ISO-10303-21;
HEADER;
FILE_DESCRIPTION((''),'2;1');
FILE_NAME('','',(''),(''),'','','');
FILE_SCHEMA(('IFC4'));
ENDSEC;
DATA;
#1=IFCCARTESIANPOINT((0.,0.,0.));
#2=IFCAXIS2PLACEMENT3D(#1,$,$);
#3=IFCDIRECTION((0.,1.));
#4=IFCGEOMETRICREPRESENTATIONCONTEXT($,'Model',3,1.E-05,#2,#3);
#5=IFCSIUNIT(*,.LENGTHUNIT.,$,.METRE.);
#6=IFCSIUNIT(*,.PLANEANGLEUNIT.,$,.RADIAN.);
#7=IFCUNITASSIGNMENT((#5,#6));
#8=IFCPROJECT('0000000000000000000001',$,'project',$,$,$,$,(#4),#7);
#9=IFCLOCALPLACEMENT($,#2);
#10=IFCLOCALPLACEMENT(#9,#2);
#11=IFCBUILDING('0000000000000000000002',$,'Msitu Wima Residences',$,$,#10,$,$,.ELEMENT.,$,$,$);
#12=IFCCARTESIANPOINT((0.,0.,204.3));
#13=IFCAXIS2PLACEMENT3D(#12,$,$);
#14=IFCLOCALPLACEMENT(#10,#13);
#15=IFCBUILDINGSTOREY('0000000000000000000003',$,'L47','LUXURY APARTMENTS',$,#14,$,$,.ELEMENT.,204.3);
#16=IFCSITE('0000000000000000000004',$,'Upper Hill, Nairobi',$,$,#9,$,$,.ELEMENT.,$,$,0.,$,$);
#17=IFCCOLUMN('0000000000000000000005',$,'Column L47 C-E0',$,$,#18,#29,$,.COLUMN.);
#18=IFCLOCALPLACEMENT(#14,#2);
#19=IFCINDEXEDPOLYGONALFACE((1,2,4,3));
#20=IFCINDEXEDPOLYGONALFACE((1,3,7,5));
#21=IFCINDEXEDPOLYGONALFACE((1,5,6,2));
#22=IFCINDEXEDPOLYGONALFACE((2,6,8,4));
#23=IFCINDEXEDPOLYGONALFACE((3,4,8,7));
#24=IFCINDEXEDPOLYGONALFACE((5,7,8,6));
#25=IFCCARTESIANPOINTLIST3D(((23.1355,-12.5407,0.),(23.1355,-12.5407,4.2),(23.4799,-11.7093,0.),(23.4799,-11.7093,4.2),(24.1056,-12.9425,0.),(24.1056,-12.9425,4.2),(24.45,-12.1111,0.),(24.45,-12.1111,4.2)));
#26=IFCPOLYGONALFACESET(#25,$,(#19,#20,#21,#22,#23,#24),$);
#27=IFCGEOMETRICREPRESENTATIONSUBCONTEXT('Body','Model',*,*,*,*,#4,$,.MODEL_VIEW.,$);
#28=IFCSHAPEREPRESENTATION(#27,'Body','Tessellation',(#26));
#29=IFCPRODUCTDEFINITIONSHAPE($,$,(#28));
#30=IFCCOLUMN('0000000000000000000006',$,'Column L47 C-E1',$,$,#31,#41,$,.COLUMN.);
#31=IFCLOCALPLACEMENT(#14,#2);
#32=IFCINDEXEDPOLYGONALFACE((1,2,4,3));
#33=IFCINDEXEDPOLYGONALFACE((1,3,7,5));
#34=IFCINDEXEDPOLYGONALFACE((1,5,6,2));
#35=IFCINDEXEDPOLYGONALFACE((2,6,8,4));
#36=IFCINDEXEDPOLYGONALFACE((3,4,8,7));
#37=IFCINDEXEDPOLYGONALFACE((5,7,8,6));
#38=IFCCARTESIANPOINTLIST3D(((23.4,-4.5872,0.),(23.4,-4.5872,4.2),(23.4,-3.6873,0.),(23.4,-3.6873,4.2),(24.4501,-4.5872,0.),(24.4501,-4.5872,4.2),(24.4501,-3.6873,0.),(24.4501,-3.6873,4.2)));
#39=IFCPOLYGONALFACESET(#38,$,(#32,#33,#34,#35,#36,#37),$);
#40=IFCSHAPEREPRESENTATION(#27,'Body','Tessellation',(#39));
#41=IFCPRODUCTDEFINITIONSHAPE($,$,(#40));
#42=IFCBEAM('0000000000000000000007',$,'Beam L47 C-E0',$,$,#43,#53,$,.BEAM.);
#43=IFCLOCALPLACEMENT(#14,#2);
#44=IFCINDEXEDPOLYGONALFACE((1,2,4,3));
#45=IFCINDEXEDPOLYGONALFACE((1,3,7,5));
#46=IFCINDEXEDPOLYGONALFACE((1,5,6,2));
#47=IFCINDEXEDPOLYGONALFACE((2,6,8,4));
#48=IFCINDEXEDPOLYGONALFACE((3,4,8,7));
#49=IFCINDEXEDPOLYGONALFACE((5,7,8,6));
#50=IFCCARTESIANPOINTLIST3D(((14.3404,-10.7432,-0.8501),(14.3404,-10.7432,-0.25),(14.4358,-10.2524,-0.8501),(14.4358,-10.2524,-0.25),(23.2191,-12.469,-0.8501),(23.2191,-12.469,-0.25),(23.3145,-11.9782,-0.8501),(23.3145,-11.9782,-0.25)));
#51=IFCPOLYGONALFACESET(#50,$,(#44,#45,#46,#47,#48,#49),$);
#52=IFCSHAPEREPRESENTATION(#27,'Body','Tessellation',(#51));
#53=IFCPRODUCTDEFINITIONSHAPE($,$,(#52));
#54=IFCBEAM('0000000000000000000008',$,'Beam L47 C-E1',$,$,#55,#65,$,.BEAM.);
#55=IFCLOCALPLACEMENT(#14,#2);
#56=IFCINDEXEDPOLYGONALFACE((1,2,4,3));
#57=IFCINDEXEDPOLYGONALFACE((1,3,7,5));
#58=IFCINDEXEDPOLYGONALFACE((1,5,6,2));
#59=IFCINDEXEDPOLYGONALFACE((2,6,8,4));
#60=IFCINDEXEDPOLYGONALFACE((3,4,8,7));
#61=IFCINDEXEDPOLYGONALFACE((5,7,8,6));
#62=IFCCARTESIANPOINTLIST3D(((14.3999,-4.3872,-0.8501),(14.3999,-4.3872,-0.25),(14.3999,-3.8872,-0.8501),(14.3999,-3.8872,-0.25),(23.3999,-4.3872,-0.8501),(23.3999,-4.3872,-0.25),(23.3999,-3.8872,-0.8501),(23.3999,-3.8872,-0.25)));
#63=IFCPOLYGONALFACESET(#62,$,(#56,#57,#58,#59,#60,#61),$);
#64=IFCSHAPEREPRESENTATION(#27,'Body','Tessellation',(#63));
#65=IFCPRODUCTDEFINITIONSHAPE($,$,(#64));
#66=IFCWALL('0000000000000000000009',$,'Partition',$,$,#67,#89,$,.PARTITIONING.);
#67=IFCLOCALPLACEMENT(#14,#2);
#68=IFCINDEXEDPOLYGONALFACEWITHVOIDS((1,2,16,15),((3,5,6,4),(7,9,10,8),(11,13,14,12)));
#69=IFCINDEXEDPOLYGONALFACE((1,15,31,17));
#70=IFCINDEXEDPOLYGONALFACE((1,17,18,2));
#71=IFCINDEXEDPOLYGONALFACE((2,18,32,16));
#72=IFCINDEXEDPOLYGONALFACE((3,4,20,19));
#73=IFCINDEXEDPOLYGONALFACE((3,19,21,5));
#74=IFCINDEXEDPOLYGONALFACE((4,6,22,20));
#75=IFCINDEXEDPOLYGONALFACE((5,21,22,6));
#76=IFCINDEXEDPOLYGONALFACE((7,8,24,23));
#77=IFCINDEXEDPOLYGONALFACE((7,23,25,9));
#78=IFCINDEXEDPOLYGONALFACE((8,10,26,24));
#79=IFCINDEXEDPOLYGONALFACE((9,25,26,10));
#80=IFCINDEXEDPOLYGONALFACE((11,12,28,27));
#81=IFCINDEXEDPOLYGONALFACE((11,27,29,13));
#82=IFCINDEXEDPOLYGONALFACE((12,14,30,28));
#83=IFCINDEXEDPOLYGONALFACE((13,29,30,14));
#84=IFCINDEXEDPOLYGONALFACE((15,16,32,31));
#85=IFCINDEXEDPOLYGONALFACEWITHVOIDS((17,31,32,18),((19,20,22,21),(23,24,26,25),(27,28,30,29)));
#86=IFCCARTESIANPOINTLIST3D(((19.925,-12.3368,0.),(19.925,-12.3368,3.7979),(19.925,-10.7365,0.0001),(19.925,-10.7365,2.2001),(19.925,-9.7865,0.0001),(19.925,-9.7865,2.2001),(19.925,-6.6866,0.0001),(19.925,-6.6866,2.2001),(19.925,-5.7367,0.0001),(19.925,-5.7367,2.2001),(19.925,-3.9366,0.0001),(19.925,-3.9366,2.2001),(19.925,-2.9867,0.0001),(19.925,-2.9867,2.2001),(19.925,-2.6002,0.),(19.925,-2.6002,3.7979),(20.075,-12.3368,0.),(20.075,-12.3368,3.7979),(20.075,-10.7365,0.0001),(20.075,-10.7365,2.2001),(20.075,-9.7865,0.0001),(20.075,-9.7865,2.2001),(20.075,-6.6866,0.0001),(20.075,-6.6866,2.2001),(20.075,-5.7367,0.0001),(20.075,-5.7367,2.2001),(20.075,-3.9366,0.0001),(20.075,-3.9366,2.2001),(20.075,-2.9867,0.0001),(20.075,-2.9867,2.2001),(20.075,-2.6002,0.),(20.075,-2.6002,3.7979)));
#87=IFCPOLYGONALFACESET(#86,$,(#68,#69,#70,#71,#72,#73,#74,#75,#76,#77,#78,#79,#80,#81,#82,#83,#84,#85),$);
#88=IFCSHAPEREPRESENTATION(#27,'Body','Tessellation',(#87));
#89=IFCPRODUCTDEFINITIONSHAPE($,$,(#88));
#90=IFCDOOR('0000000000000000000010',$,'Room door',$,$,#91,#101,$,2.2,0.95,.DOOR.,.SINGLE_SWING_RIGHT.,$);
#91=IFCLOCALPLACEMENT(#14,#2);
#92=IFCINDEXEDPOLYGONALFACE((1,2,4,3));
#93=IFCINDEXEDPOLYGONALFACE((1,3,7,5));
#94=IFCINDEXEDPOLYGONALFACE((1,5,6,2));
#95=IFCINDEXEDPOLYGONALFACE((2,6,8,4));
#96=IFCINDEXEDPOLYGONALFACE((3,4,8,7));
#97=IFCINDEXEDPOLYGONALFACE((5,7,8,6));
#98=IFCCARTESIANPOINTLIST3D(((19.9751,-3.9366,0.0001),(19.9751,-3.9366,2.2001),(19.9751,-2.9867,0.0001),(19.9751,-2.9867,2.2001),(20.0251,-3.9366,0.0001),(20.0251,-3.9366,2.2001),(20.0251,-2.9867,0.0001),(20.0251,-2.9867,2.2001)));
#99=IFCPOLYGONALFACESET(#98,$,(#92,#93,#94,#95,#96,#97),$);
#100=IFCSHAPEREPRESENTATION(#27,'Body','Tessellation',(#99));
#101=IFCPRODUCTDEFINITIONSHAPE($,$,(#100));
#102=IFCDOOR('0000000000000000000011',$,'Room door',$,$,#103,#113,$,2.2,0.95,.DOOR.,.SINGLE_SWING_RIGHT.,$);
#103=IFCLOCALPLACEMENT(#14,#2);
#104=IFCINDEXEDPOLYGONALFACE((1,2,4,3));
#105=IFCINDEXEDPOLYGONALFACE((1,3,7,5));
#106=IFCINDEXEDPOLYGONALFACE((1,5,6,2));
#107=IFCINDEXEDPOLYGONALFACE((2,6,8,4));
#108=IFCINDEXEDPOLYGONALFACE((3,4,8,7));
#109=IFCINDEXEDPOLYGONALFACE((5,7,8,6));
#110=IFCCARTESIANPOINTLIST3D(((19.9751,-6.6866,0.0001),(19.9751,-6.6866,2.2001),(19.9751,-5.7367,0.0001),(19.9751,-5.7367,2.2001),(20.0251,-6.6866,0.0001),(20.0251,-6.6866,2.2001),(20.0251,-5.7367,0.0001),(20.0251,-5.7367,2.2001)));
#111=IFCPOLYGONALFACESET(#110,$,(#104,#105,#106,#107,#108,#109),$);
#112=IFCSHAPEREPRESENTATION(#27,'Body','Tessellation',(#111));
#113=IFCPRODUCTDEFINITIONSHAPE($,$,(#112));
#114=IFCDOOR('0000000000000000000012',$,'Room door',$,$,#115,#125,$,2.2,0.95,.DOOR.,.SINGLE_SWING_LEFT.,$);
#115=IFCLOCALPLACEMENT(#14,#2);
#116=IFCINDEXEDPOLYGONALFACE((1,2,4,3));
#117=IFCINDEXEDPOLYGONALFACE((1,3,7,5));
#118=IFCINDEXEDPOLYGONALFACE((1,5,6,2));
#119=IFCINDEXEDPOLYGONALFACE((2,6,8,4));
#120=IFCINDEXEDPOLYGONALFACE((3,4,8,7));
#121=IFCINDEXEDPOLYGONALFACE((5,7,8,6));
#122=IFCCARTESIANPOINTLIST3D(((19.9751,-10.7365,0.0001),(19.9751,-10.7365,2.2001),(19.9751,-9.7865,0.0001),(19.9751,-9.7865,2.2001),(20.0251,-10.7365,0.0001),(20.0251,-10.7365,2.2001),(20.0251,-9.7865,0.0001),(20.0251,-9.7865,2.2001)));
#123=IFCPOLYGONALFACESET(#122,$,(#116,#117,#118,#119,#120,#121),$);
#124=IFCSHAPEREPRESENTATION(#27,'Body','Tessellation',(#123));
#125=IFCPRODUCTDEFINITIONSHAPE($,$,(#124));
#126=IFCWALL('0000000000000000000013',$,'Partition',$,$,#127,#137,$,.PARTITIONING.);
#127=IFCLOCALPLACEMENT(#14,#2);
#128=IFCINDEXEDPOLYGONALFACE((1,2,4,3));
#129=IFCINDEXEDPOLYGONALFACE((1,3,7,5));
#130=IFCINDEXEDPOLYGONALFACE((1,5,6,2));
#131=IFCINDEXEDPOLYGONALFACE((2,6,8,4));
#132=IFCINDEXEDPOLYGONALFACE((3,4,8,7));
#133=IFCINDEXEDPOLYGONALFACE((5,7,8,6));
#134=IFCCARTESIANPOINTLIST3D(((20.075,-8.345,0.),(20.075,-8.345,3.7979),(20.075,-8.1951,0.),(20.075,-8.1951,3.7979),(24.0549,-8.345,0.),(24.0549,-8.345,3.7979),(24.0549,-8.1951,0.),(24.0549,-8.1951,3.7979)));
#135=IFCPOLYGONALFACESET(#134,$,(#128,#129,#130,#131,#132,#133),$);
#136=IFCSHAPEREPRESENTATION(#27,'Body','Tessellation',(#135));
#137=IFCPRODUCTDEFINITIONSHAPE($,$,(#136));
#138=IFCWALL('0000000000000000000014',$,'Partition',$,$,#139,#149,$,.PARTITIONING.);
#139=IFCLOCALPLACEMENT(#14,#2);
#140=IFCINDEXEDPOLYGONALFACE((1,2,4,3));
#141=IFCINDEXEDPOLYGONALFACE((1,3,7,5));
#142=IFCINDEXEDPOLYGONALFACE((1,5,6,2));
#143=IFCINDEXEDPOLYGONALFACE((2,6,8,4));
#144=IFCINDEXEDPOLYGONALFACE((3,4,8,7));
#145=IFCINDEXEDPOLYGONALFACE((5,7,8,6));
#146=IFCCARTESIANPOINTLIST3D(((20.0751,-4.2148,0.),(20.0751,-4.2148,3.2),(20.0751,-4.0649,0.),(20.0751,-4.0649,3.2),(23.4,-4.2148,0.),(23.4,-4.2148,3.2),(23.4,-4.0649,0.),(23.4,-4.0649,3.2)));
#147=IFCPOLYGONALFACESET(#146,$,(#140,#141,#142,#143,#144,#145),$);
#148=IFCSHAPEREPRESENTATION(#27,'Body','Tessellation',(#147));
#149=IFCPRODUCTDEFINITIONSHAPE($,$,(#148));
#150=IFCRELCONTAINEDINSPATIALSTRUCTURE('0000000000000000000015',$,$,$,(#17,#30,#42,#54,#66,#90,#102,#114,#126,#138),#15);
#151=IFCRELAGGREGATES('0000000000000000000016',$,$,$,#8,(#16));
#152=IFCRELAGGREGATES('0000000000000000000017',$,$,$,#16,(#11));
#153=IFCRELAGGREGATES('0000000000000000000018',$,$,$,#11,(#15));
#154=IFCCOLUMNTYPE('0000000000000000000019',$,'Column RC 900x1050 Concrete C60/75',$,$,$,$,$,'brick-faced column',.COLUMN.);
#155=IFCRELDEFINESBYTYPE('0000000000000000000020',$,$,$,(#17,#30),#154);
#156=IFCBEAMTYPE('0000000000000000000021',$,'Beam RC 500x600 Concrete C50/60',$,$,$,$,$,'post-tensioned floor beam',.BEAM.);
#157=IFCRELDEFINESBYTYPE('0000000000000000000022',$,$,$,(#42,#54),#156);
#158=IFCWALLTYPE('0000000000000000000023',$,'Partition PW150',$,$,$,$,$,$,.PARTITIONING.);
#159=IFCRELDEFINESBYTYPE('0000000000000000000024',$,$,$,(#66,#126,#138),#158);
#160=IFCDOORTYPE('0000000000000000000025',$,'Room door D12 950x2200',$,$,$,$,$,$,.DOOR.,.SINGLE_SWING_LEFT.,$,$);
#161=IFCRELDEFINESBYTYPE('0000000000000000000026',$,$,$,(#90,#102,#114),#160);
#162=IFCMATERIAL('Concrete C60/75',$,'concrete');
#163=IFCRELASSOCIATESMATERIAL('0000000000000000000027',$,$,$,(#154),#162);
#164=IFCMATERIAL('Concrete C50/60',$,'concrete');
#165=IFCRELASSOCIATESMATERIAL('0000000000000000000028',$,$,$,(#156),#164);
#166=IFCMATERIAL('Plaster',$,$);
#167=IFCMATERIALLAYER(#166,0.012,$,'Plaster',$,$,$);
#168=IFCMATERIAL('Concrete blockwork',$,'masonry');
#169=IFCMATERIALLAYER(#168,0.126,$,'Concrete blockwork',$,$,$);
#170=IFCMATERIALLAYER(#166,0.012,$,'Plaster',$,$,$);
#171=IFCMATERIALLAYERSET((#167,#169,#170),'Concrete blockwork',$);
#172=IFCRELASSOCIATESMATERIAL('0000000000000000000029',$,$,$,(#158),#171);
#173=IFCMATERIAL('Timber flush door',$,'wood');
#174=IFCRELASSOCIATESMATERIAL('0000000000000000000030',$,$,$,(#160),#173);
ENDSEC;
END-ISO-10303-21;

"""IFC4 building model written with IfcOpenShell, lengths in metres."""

from ifc_helpers import new_model, si_unit, direction, frame, frame_2d, origin, origin_2d, place, context, subcontext, project, spatial, rectangle, extrude, material, layer, layer_set, material_profile, profile_set, type_object, element, fill, save


model = new_model("IFC4")

# Units and contexts
model_context = context("Model", 3, precision=1e-05, world=origin(), true_north=direction((0.0, 1.0)))
body_context = subcontext(model_context, "Body", "Model", "MODEL_VIEW")
ifc_project = project(units=[si_unit("LENGTHUNIT", "METRE"), si_unit("PLANEANGLEUNIT", "RADIAN")], contexts=[model_context])

# Site, building, storey
site_placement = place(None, origin())
site = spatial("IfcSite", under=ifc_project, at=site_placement, Name="Upper Hill, Nairobi", CompositionType="ELEMENT", RefElevation=0.0)
building_placement = place(site_placement, origin())
building = spatial("IfcBuilding", under=site, at=building_placement, Name="Msitu Wima Residences", CompositionType="ELEMENT")
storey_placement = place(building_placement, frame((0.0, 0.0, 204.3)))
storey = spatial("IfcBuildingStorey", under=building, at=storey_placement, Name="L47", Description="LUXURY APARTMENTS", CompositionType="ELEMENT", Elevation=204.3)

# Columns
ifc_material_1 = material(Name="Concrete C60/75", Category="concrete")
ifc_material_profile_1 = material_profile(ifc_material_1, rectangle(XDim=0.8999, YDim=1.05, at=origin_2d()), Name="RC 900x1050")
ifc_profile_set_1 = profile_set([ifc_material_profile_1], Name="Concrete C60/75")
column_type = type_object("IfcColumnType", Name="Column RC 900x1050 Concrete C60/75", ElementType="brick-faced column", PredefinedType="COLUMN", material=ifc_profile_set_1)
for number, where, z_axis, x_axis, name in (
    (1, (23.7927, -12.3259, 0.0), (0.0, 0.0, 1.0), (0.382683, 0.92388, 0.0), "Column L47 C-E0"),
    (2, (23.925, -4.1372, 0.0), (0.0, 0.0, 1.0), (0.0, 1.0, 0.0), "Column L47 C-E1"),
):
    element("IfcColumn", number, at=place(storey_placement, frame(where, z_axis=z_axis, x_axis=x_axis)), inside=storey, type_object=column_type, Name=name, PredefinedType="COLUMN", context=body_context, shape_type="SweptSolid", body=[
        extrude(rectangle(XDim=0.8999, YDim=1.05, at=origin_2d()), origin(), (0.0, 0.0, 1.0), 4.2),
    ])

# Beams
ifc_material_2 = material(Name="Concrete C50/60", Category="concrete")
ifc_material_profile_2 = material_profile(ifc_material_2, rectangle(XDim=0.5, YDim=0.6001, at=origin_2d()), Name="RC 500x600")
ifc_profile_set_2 = profile_set([ifc_material_profile_2], Name="Concrete C50/60")
beam_type = type_object("IfcBeamType", Name="Beam RC 500x600 Concrete C50/60", ElementType="post-tensioned floor beam", PredefinedType="BEAM", material=ifc_profile_set_2)
beam_1_placement = place(storey_placement, frame((23.2668, -12.2236, -0.55), z_axis=(-0.981627, 0.190808, 0.0), x_axis=(-0.190808, -0.981627, 0.0)))
element("IfcBeam", 3, at=beam_1_placement, inside=storey, type_object=beam_type, Name="Beam L47 C-E0", PredefinedType="BEAM", context=body_context, shape_type="SweptSolid", body=[
    extrude(rectangle(XDim=0.5, YDim=0.6001, at=origin_2d()), origin(), (0.0, 0.0, 1.0), 9.0449),
])
beam_2_placement = place(storey_placement, frame((23.3999, -4.1372, -0.55), z_axis=(-1.0, 0.0, 0.0), x_axis=(0.0, -1.0, 0.0)))
element("IfcBeam", 4, at=beam_2_placement, inside=storey, type_object=beam_type, Name="Beam L47 C-E1", PredefinedType="BEAM", context=body_context, shape_type="SweptSolid", body=[
    extrude(rectangle(XDim=0.5, YDim=0.6001, at=origin_2d()), origin(), (0.0, 0.0, 1.0), 9.0),
])

# Wall, openings, doors
ifc_material_3 = material(Name="Plaster")
ifc_layer_1 = layer(ifc_material_3, 0.012, Name="Plaster")
ifc_material_4 = material(Name="Concrete blockwork", Category="masonry")
ifc_layer_2 = layer(ifc_material_4, 0.126, Name="Concrete blockwork")
ifc_layer_3 = layer(ifc_material_3, 0.012, Name="Plaster")
ifc_layer_set_1 = layer_set([ifc_layer_1, ifc_layer_2, ifc_layer_3], Name="Concrete blockwork")
wall_type_1 = type_object("IfcWallType", Name="Partition PW150", PredefinedType="PARTITIONING", material=ifc_layer_set_1)
wall_1_placement = place(storey_placement, frame((20.0, -12.3367, 0.0), z_axis=(0.0, 0.0, 1.0), x_axis=(0.0, 1.0, 0.0)))
wall_1 = element("IfcWall", 5, at=wall_1_placement, inside=storey, type_object=wall_type_1, Name="Partition", PredefinedType="PARTITIONING", context=body_context, shape_type="SweptSolid", body=[
    extrude(rectangle(XDim=9.7366, YDim=0.1499, at=frame_2d((4.8682, 0.0))), origin(), (0.0, 0.0, 1.0), 3.7979),
])
opening_1_placement = place(wall_1_placement, frame((8.3999, 0.0, 0.0)))
opening_1 = element("IfcOpeningElement", 6, at=opening_1_placement, cuts=wall_1, PredefinedType="OPENING", context=body_context, shape_type="SweptSolid", body=[
    extrude(rectangle(XDim=0.95, YDim=2.2, at=frame_2d((0.4751, 1.1001))), frame((0.0, 0.085, 0.0), z_axis=(0.0, -1.0, 0.0), x_axis=(1.0, 0.0, 0.0)), (0.0, 0.0, 1.0), 0.1699),
])
opening_2_placement = place(wall_1_placement, frame((5.6499, 0.0, 0.0)))
opening_2 = element("IfcOpeningElement", 7, at=opening_2_placement, cuts=wall_1, PredefinedType="OPENING", context=body_context, shape_type="SweptSolid", body=[
    extrude(rectangle(XDim=0.95, YDim=2.2, at=frame_2d((0.4751, 1.1001))), frame((0.0, 0.085, 0.0), z_axis=(0.0, -1.0, 0.0), x_axis=(1.0, 0.0, 0.0)), (0.0, 0.0, 1.0), 0.1699),
])
opening_3_placement = place(wall_1_placement, frame((1.6001, 0.0, 0.0)))
opening_3 = element("IfcOpeningElement", 8, at=opening_3_placement, cuts=wall_1, PredefinedType="OPENING", context=body_context, shape_type="SweptSolid", body=[
    extrude(rectangle(XDim=0.95, YDim=2.2, at=frame_2d((0.4751, 1.1001))), frame((0.0, 0.085, 0.0), z_axis=(0.0, -1.0, 0.0), x_axis=(1.0, 0.0, 0.0)), (0.0, 0.0, 1.0), 0.1699),
])
ifc_material_5 = material(Name="Timber flush door", Category="wood")
door_type_1 = type_object("IfcDoorType", Name="Room door D12 950x2200", OperationType="SINGLE_SWING_LEFT", PredefinedType="DOOR", material=ifc_material_5)
door_1_placement = place(opening_1_placement, origin())
door_1 = element("IfcDoor", 9, at=door_1_placement, inside=storey, type_object=door_type_1, Name="Room door", OperationType="SINGLE_SWING_RIGHT", OverallHeight=2.2, OverallWidth=0.95, PredefinedType="DOOR", context=body_context, shape_type="SweptSolid", body=[
    extrude(rectangle(XDim=0.95, YDim=2.2, at=frame_2d((0.4751, 1.1001))), frame((0.0, 0.0249, 0.0), z_axis=(0.0, -1.0, 0.0), x_axis=(1.0, 0.0, 0.0)), (0.0, 0.0, 1.0), 0.05),
])
fill(opening_1, door_1)
door_2_placement = place(opening_2_placement, origin())
door_2 = element("IfcDoor", 10, at=door_2_placement, inside=storey, type_object=door_type_1, Name="Room door", OperationType="SINGLE_SWING_RIGHT", OverallHeight=2.2, OverallWidth=0.95, PredefinedType="DOOR", context=body_context, shape_type="SweptSolid", body=[
    extrude(rectangle(XDim=0.95, YDim=2.2, at=frame_2d((0.4751, 1.1001))), frame((0.0, 0.0249, 0.0), z_axis=(0.0, -1.0, 0.0), x_axis=(1.0, 0.0, 0.0)), (0.0, 0.0, 1.0), 0.05),
])
fill(opening_2, door_2)
door_3_placement = place(opening_3_placement, origin())
door_3 = element("IfcDoor", 11, at=door_3_placement, inside=storey, type_object=door_type_1, Name="Room door", OperationType="SINGLE_SWING_LEFT", OverallHeight=2.2, OverallWidth=0.95, PredefinedType="DOOR", context=body_context, shape_type="SweptSolid", body=[
    extrude(rectangle(XDim=0.95, YDim=2.2, at=frame_2d((0.4751, 1.1001))), frame((0.0, 0.0249, 0.0), z_axis=(0.0, -1.0, 0.0), x_axis=(1.0, 0.0, 0.0)), (0.0, 0.0, 1.0), 0.05),
])
fill(opening_3, door_3)

# Walls
wall_2_placement = place(storey_placement, frame((20.075, -8.27, 0.0), z_axis=(0.0, 0.0, 1.0), x_axis=(1.0, 0.0, 0.0)))
element("IfcWall", 12, at=wall_2_placement, inside=storey, type_object=wall_type_1, Name="Partition", PredefinedType="PARTITIONING", context=body_context, shape_type="SweptSolid", body=[
    extrude(rectangle(XDim=3.98, YDim=0.1499, at=frame_2d((1.99, 0.0))), origin(), (0.0, 0.0, 1.0), 3.7979),
])
wall_3_placement = place(storey_placement, frame((20.075, -4.1399, 0.0), z_axis=(0.0, 0.0, 1.0), x_axis=(1.0, 0.0, 0.0)))
element("IfcWall", 13, at=wall_3_placement, inside=storey, type_object=wall_type_1, Name="Partition", PredefinedType="PARTITIONING", context=body_context, shape_type="SweptSolid", body=[
    extrude(rectangle(XDim=3.325, YDim=0.1499, at=frame_2d((1.6626, 0.0))), origin(), (0.0, 0.0, 1.0), 3.2),
])

save(model, "model.ifc")
